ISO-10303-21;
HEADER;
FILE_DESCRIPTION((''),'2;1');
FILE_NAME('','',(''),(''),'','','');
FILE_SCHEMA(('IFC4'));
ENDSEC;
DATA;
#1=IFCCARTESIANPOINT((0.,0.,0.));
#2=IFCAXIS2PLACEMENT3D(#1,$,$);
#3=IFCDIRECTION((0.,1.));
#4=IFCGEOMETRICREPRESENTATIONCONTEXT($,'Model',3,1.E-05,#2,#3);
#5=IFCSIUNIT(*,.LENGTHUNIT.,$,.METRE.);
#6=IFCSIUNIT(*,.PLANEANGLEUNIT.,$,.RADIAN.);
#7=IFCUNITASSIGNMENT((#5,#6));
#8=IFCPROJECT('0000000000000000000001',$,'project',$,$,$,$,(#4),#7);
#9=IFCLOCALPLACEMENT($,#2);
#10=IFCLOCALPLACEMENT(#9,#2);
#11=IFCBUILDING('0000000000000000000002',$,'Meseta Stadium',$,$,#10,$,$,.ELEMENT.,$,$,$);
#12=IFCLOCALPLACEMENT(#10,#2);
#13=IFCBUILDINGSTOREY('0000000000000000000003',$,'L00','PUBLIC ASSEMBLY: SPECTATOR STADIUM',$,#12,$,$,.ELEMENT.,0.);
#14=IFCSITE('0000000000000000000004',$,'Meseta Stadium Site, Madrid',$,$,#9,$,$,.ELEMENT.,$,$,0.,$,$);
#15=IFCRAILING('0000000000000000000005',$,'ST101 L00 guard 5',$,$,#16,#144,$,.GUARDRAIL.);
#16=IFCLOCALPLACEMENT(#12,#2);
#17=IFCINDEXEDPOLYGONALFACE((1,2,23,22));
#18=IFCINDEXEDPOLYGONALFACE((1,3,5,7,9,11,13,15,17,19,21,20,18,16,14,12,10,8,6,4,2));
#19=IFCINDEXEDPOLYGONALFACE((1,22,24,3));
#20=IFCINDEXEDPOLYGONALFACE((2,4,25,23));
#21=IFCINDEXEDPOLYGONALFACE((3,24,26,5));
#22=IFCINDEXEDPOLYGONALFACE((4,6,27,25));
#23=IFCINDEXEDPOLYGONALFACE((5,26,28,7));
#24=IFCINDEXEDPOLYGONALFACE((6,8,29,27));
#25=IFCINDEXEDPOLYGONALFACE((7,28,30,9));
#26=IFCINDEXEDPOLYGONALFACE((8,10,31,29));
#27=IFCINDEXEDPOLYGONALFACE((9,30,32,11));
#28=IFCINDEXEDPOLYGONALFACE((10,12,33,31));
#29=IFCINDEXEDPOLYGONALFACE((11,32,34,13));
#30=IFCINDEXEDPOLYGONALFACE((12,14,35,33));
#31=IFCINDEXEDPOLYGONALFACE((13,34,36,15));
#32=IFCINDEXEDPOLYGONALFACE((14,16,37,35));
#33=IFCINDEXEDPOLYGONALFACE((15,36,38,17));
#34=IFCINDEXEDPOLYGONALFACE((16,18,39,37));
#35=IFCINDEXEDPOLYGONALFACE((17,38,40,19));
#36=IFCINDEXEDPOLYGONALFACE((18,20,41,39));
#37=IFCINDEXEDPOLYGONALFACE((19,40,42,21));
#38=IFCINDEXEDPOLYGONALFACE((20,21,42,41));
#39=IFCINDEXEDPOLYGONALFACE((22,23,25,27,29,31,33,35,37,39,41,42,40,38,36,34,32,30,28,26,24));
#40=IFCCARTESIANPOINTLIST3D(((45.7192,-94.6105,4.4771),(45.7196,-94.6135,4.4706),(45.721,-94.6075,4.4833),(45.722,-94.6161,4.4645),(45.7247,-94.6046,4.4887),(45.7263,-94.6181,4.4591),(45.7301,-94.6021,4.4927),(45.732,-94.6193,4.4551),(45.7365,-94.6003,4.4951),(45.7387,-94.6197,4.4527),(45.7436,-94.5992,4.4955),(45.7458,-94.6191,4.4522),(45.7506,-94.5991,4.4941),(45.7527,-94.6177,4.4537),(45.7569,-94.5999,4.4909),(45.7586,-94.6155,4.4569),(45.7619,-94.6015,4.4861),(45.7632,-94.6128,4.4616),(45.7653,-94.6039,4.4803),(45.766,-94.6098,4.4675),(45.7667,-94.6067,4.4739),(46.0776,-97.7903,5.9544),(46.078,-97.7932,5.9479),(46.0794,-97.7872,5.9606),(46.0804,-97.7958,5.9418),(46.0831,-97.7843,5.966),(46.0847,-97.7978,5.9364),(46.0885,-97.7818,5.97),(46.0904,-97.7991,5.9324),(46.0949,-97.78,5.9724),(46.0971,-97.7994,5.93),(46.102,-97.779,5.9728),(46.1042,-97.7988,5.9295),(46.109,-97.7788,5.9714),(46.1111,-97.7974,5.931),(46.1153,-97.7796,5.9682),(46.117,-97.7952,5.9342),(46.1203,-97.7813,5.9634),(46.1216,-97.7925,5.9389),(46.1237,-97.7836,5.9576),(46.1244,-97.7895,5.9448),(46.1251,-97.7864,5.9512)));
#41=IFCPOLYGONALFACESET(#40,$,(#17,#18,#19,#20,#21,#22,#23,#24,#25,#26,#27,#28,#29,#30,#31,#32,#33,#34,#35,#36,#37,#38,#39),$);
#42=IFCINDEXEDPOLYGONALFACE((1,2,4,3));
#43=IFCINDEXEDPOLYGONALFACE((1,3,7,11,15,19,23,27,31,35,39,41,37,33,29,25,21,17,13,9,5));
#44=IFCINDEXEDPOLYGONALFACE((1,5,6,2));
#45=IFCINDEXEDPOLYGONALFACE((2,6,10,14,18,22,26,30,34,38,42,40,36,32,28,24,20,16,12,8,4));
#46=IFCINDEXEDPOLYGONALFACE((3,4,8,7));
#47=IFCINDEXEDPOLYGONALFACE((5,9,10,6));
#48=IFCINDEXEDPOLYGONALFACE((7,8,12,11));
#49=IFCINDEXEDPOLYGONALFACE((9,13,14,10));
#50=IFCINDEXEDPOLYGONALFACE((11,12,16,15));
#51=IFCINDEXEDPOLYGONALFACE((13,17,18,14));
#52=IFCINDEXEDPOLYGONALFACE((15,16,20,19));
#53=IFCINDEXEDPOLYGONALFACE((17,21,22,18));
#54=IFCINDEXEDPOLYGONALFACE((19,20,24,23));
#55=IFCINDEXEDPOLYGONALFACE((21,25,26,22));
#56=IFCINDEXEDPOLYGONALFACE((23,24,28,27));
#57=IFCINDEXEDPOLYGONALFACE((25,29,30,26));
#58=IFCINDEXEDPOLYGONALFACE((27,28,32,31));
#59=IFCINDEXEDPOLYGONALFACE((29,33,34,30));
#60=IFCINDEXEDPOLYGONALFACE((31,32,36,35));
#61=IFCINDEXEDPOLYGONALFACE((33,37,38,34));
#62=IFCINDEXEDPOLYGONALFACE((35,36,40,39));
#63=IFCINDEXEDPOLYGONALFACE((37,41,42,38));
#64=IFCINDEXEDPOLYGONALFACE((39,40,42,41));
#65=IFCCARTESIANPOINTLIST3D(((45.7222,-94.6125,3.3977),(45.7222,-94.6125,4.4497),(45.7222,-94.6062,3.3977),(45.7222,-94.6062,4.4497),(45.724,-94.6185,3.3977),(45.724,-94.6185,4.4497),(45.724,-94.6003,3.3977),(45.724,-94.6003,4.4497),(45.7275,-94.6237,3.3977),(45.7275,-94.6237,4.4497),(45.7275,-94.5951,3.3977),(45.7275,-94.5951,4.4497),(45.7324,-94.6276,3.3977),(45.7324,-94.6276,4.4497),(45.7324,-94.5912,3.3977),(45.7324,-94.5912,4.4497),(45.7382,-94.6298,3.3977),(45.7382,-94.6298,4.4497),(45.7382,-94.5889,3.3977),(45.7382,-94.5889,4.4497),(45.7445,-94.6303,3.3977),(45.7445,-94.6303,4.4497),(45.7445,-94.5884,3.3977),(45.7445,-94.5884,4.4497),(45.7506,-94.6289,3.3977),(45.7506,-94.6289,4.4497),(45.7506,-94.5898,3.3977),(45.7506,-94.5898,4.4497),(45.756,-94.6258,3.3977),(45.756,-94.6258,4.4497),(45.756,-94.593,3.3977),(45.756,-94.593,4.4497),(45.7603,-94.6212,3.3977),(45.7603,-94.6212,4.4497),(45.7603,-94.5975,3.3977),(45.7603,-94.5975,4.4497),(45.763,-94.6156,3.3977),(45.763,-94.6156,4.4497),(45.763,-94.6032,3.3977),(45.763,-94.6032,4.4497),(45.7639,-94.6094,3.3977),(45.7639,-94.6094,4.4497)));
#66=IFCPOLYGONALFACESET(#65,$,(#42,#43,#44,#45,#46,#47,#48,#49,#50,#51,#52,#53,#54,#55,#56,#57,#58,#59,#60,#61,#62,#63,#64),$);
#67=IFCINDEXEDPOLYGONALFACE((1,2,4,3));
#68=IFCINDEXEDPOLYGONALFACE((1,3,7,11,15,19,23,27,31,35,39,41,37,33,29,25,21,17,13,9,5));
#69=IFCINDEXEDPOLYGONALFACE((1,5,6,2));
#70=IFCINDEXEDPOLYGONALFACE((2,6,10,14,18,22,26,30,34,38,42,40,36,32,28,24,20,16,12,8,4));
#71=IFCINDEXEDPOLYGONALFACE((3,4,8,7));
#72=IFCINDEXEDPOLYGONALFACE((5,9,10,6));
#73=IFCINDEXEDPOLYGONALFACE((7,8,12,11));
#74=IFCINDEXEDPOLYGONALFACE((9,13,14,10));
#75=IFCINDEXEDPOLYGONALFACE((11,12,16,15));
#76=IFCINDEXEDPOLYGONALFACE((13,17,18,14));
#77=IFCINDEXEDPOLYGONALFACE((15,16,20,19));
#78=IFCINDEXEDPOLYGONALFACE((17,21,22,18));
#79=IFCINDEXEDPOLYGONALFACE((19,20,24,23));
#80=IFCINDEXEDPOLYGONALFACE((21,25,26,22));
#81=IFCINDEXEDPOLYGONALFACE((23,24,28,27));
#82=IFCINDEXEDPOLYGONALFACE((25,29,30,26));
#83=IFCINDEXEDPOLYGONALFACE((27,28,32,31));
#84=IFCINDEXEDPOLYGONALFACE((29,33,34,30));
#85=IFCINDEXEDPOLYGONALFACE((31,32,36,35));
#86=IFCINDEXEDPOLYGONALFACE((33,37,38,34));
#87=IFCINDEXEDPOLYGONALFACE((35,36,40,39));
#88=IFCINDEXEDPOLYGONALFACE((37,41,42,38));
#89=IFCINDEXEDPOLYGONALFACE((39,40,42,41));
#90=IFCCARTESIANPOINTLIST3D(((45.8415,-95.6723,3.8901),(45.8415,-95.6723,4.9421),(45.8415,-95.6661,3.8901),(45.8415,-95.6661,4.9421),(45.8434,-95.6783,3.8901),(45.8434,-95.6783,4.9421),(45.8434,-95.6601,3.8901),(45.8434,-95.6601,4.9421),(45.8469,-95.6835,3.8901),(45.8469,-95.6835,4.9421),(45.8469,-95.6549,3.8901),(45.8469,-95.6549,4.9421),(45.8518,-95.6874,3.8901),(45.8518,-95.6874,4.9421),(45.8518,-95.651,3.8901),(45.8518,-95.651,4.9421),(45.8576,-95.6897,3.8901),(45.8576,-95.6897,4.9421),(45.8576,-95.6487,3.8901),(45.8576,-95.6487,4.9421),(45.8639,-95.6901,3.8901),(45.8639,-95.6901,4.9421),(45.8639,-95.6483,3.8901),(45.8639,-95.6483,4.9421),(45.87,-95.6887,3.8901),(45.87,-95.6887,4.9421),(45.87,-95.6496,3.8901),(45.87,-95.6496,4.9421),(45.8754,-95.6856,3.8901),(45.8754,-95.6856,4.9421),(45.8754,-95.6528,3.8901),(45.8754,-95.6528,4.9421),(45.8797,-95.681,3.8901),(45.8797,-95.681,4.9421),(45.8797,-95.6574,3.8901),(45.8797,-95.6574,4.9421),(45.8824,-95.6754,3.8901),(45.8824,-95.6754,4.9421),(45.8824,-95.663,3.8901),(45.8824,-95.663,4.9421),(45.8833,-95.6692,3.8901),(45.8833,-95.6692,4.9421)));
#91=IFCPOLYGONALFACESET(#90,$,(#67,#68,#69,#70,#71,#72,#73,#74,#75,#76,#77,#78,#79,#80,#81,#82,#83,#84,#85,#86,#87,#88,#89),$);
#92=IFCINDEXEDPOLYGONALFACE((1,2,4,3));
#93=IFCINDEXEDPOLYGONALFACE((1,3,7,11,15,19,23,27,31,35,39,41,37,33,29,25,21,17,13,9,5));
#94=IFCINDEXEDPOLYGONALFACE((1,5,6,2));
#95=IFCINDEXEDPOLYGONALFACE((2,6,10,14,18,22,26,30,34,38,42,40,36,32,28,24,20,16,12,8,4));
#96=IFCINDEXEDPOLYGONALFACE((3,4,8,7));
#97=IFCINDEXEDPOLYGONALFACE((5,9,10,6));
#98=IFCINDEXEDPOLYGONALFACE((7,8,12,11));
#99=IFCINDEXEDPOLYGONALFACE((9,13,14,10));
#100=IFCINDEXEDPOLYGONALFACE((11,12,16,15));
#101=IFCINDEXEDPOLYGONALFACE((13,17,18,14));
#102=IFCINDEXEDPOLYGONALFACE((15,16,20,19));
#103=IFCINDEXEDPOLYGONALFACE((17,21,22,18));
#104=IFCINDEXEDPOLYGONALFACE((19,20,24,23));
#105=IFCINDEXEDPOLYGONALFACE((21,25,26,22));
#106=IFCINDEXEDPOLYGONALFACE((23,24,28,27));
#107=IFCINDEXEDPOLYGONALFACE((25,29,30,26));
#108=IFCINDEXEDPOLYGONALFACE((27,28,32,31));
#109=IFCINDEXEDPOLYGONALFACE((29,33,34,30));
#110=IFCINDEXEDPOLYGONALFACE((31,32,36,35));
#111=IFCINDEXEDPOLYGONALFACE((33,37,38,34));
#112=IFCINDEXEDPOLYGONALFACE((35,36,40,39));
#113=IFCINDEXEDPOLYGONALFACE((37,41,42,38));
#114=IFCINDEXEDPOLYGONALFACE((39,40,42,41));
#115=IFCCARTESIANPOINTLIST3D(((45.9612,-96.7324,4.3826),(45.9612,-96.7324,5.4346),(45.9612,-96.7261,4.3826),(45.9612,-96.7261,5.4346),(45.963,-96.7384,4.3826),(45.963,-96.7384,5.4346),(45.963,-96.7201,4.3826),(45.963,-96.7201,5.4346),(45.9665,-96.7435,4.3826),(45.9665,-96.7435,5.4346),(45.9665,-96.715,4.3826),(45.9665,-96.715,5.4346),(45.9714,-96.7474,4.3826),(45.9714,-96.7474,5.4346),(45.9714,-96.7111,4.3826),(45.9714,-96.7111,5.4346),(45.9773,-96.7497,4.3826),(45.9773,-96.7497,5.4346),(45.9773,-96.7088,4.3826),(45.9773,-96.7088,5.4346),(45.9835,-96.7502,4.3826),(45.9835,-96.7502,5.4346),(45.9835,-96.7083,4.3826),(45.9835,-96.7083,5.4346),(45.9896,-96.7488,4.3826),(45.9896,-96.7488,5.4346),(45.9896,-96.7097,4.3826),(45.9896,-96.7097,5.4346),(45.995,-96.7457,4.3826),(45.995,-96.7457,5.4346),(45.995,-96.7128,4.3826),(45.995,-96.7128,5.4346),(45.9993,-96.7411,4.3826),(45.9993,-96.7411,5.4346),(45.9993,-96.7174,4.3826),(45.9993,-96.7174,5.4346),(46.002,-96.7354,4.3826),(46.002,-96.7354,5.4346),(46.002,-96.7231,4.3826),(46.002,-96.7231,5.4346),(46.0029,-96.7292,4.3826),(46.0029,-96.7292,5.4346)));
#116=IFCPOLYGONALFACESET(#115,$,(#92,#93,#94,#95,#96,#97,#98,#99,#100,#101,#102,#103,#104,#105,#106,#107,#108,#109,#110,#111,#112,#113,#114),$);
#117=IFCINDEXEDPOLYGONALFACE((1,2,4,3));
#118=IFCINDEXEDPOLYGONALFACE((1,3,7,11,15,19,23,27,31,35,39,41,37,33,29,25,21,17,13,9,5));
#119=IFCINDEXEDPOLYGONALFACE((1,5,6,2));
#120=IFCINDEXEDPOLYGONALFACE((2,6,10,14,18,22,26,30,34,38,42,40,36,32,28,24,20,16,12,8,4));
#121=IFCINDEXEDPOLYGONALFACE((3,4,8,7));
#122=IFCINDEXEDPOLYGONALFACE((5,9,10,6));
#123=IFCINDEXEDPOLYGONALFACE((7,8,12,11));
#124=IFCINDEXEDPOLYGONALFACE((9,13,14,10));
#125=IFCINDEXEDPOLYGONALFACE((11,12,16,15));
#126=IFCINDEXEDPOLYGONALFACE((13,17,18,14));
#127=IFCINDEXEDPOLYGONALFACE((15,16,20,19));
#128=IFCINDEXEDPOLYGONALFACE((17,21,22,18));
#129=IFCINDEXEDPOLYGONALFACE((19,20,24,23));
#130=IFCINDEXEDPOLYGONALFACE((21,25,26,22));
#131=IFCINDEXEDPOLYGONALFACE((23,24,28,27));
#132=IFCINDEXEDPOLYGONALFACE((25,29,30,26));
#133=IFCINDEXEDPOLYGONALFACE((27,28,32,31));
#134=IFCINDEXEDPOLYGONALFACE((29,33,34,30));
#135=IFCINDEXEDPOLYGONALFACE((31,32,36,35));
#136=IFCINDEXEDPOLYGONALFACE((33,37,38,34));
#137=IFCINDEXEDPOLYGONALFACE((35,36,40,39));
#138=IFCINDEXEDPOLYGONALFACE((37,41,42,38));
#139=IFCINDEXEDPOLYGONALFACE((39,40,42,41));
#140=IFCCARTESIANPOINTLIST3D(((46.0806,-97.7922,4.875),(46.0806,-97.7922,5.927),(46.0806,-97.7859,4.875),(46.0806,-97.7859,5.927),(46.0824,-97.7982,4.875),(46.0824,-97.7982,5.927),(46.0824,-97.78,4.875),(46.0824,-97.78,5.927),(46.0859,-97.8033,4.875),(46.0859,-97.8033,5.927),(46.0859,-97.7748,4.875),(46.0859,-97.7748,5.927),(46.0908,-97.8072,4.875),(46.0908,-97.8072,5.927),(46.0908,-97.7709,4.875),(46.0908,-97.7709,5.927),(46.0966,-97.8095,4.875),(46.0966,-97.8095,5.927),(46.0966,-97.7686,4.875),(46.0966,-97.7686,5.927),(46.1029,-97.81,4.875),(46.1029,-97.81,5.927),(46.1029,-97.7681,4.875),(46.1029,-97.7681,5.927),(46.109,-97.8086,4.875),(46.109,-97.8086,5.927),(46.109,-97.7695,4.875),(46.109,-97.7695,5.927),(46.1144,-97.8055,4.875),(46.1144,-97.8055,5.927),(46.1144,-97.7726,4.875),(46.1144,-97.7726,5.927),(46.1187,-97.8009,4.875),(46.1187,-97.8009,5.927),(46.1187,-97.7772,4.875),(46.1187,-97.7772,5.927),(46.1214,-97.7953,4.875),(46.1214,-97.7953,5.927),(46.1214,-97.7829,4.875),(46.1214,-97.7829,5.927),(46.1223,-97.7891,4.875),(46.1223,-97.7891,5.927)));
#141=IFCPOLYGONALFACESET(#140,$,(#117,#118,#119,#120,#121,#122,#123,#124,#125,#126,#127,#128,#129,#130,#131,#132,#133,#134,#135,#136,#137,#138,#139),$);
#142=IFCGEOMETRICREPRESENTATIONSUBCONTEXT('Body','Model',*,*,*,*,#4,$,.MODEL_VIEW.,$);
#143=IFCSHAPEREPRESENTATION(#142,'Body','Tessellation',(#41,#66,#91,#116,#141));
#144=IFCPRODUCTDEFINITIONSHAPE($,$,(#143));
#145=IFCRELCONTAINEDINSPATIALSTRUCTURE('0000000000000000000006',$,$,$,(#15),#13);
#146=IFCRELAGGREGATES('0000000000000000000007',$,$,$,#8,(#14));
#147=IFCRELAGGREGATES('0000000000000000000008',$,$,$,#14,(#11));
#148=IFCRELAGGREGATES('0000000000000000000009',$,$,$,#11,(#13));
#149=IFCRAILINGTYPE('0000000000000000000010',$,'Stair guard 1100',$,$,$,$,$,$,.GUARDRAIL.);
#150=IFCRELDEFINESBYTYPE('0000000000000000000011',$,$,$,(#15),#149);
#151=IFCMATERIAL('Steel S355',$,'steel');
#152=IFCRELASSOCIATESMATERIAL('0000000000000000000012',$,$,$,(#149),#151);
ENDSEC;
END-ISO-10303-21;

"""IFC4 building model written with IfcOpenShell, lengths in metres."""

from ifc_helpers import new_model, si_unit, direction, frame, origin, origin_2d, place, context, subcontext, project, spatial, circle, extrude, material, type_object, element, save


model = new_model("IFC4")

# Units and contexts
model_context = context("Model", 3, precision=1e-05, world=origin(), true_north=direction((0.0, 1.0)))
body_context = subcontext(model_context, "Body", "Model", "MODEL_VIEW")
ifc_project = project(units=[si_unit("LENGTHUNIT", "METRE"), si_unit("PLANEANGLEUNIT", "RADIAN")], contexts=[model_context])

# Site, building, storey
site_placement = place(None, origin())
site = spatial("IfcSite", under=ifc_project, at=site_placement, Name="Meseta Stadium Site, Madrid", CompositionType="ELEMENT", RefElevation=0.0)
building_placement = place(site_placement, origin())
building = spatial("IfcBuilding", under=site, at=building_placement, Name="Meseta Stadium", CompositionType="ELEMENT")
storey_placement = place(building_placement, origin())
storey = spatial("IfcBuildingStorey", under=building, at=storey_placement, Name="L00", Description="PUBLIC ASSEMBLY: SPECTATOR STADIUM", CompositionType="ELEMENT", Elevation=0.0)

# Railing
ifc_material_1 = material(Name="Steel S355", Category="steel")
railing_type_1 = type_object("IfcRailingType", Name="Stair guard 1100", PredefinedType="GUARDRAIL", material=ifc_material_1)
railing_1_placement = place(storey_placement, frame((45.7429, -94.6094, 3.3977)))
element("IfcRailing", 1, at=railing_1_placement, inside=storey, type_object=railing_type_1, Name="ST101 L00 guard 5", PredefinedType="GUARDRAIL", context=body_context, shape_type="SweptSolid", body=[
    extrude(circle(Radius=0.0239, at=origin_2d()), frame((0.0, 0.0, 1.0762), z_axis=(0.101691, -0.902197, 0.419164), x_axis=(0.993708, 0.112006, 0.0)), (0.0, 0.0, 1.0), 3.5244),
    extrude(circle(Radius=0.021, at=origin_2d()), origin(), (0.0, 0.0, 1.0), 1.052),
    extrude(circle(Radius=0.021, at=origin_2d()), frame((0.1194, -1.0598, 0.4924)), (0.0, 0.0, 1.0), 1.052),
    extrude(circle(Radius=0.021, at=origin_2d()), frame((0.239, -2.1199, 0.9849)), (0.0, 0.0, 1.0), 1.052),
    extrude(circle(Radius=0.021, at=origin_2d()), frame((0.3584, -3.1797, 1.4773)), (0.0, 0.0, 1.0), 1.052),
])

save(model, "model.ifc")
